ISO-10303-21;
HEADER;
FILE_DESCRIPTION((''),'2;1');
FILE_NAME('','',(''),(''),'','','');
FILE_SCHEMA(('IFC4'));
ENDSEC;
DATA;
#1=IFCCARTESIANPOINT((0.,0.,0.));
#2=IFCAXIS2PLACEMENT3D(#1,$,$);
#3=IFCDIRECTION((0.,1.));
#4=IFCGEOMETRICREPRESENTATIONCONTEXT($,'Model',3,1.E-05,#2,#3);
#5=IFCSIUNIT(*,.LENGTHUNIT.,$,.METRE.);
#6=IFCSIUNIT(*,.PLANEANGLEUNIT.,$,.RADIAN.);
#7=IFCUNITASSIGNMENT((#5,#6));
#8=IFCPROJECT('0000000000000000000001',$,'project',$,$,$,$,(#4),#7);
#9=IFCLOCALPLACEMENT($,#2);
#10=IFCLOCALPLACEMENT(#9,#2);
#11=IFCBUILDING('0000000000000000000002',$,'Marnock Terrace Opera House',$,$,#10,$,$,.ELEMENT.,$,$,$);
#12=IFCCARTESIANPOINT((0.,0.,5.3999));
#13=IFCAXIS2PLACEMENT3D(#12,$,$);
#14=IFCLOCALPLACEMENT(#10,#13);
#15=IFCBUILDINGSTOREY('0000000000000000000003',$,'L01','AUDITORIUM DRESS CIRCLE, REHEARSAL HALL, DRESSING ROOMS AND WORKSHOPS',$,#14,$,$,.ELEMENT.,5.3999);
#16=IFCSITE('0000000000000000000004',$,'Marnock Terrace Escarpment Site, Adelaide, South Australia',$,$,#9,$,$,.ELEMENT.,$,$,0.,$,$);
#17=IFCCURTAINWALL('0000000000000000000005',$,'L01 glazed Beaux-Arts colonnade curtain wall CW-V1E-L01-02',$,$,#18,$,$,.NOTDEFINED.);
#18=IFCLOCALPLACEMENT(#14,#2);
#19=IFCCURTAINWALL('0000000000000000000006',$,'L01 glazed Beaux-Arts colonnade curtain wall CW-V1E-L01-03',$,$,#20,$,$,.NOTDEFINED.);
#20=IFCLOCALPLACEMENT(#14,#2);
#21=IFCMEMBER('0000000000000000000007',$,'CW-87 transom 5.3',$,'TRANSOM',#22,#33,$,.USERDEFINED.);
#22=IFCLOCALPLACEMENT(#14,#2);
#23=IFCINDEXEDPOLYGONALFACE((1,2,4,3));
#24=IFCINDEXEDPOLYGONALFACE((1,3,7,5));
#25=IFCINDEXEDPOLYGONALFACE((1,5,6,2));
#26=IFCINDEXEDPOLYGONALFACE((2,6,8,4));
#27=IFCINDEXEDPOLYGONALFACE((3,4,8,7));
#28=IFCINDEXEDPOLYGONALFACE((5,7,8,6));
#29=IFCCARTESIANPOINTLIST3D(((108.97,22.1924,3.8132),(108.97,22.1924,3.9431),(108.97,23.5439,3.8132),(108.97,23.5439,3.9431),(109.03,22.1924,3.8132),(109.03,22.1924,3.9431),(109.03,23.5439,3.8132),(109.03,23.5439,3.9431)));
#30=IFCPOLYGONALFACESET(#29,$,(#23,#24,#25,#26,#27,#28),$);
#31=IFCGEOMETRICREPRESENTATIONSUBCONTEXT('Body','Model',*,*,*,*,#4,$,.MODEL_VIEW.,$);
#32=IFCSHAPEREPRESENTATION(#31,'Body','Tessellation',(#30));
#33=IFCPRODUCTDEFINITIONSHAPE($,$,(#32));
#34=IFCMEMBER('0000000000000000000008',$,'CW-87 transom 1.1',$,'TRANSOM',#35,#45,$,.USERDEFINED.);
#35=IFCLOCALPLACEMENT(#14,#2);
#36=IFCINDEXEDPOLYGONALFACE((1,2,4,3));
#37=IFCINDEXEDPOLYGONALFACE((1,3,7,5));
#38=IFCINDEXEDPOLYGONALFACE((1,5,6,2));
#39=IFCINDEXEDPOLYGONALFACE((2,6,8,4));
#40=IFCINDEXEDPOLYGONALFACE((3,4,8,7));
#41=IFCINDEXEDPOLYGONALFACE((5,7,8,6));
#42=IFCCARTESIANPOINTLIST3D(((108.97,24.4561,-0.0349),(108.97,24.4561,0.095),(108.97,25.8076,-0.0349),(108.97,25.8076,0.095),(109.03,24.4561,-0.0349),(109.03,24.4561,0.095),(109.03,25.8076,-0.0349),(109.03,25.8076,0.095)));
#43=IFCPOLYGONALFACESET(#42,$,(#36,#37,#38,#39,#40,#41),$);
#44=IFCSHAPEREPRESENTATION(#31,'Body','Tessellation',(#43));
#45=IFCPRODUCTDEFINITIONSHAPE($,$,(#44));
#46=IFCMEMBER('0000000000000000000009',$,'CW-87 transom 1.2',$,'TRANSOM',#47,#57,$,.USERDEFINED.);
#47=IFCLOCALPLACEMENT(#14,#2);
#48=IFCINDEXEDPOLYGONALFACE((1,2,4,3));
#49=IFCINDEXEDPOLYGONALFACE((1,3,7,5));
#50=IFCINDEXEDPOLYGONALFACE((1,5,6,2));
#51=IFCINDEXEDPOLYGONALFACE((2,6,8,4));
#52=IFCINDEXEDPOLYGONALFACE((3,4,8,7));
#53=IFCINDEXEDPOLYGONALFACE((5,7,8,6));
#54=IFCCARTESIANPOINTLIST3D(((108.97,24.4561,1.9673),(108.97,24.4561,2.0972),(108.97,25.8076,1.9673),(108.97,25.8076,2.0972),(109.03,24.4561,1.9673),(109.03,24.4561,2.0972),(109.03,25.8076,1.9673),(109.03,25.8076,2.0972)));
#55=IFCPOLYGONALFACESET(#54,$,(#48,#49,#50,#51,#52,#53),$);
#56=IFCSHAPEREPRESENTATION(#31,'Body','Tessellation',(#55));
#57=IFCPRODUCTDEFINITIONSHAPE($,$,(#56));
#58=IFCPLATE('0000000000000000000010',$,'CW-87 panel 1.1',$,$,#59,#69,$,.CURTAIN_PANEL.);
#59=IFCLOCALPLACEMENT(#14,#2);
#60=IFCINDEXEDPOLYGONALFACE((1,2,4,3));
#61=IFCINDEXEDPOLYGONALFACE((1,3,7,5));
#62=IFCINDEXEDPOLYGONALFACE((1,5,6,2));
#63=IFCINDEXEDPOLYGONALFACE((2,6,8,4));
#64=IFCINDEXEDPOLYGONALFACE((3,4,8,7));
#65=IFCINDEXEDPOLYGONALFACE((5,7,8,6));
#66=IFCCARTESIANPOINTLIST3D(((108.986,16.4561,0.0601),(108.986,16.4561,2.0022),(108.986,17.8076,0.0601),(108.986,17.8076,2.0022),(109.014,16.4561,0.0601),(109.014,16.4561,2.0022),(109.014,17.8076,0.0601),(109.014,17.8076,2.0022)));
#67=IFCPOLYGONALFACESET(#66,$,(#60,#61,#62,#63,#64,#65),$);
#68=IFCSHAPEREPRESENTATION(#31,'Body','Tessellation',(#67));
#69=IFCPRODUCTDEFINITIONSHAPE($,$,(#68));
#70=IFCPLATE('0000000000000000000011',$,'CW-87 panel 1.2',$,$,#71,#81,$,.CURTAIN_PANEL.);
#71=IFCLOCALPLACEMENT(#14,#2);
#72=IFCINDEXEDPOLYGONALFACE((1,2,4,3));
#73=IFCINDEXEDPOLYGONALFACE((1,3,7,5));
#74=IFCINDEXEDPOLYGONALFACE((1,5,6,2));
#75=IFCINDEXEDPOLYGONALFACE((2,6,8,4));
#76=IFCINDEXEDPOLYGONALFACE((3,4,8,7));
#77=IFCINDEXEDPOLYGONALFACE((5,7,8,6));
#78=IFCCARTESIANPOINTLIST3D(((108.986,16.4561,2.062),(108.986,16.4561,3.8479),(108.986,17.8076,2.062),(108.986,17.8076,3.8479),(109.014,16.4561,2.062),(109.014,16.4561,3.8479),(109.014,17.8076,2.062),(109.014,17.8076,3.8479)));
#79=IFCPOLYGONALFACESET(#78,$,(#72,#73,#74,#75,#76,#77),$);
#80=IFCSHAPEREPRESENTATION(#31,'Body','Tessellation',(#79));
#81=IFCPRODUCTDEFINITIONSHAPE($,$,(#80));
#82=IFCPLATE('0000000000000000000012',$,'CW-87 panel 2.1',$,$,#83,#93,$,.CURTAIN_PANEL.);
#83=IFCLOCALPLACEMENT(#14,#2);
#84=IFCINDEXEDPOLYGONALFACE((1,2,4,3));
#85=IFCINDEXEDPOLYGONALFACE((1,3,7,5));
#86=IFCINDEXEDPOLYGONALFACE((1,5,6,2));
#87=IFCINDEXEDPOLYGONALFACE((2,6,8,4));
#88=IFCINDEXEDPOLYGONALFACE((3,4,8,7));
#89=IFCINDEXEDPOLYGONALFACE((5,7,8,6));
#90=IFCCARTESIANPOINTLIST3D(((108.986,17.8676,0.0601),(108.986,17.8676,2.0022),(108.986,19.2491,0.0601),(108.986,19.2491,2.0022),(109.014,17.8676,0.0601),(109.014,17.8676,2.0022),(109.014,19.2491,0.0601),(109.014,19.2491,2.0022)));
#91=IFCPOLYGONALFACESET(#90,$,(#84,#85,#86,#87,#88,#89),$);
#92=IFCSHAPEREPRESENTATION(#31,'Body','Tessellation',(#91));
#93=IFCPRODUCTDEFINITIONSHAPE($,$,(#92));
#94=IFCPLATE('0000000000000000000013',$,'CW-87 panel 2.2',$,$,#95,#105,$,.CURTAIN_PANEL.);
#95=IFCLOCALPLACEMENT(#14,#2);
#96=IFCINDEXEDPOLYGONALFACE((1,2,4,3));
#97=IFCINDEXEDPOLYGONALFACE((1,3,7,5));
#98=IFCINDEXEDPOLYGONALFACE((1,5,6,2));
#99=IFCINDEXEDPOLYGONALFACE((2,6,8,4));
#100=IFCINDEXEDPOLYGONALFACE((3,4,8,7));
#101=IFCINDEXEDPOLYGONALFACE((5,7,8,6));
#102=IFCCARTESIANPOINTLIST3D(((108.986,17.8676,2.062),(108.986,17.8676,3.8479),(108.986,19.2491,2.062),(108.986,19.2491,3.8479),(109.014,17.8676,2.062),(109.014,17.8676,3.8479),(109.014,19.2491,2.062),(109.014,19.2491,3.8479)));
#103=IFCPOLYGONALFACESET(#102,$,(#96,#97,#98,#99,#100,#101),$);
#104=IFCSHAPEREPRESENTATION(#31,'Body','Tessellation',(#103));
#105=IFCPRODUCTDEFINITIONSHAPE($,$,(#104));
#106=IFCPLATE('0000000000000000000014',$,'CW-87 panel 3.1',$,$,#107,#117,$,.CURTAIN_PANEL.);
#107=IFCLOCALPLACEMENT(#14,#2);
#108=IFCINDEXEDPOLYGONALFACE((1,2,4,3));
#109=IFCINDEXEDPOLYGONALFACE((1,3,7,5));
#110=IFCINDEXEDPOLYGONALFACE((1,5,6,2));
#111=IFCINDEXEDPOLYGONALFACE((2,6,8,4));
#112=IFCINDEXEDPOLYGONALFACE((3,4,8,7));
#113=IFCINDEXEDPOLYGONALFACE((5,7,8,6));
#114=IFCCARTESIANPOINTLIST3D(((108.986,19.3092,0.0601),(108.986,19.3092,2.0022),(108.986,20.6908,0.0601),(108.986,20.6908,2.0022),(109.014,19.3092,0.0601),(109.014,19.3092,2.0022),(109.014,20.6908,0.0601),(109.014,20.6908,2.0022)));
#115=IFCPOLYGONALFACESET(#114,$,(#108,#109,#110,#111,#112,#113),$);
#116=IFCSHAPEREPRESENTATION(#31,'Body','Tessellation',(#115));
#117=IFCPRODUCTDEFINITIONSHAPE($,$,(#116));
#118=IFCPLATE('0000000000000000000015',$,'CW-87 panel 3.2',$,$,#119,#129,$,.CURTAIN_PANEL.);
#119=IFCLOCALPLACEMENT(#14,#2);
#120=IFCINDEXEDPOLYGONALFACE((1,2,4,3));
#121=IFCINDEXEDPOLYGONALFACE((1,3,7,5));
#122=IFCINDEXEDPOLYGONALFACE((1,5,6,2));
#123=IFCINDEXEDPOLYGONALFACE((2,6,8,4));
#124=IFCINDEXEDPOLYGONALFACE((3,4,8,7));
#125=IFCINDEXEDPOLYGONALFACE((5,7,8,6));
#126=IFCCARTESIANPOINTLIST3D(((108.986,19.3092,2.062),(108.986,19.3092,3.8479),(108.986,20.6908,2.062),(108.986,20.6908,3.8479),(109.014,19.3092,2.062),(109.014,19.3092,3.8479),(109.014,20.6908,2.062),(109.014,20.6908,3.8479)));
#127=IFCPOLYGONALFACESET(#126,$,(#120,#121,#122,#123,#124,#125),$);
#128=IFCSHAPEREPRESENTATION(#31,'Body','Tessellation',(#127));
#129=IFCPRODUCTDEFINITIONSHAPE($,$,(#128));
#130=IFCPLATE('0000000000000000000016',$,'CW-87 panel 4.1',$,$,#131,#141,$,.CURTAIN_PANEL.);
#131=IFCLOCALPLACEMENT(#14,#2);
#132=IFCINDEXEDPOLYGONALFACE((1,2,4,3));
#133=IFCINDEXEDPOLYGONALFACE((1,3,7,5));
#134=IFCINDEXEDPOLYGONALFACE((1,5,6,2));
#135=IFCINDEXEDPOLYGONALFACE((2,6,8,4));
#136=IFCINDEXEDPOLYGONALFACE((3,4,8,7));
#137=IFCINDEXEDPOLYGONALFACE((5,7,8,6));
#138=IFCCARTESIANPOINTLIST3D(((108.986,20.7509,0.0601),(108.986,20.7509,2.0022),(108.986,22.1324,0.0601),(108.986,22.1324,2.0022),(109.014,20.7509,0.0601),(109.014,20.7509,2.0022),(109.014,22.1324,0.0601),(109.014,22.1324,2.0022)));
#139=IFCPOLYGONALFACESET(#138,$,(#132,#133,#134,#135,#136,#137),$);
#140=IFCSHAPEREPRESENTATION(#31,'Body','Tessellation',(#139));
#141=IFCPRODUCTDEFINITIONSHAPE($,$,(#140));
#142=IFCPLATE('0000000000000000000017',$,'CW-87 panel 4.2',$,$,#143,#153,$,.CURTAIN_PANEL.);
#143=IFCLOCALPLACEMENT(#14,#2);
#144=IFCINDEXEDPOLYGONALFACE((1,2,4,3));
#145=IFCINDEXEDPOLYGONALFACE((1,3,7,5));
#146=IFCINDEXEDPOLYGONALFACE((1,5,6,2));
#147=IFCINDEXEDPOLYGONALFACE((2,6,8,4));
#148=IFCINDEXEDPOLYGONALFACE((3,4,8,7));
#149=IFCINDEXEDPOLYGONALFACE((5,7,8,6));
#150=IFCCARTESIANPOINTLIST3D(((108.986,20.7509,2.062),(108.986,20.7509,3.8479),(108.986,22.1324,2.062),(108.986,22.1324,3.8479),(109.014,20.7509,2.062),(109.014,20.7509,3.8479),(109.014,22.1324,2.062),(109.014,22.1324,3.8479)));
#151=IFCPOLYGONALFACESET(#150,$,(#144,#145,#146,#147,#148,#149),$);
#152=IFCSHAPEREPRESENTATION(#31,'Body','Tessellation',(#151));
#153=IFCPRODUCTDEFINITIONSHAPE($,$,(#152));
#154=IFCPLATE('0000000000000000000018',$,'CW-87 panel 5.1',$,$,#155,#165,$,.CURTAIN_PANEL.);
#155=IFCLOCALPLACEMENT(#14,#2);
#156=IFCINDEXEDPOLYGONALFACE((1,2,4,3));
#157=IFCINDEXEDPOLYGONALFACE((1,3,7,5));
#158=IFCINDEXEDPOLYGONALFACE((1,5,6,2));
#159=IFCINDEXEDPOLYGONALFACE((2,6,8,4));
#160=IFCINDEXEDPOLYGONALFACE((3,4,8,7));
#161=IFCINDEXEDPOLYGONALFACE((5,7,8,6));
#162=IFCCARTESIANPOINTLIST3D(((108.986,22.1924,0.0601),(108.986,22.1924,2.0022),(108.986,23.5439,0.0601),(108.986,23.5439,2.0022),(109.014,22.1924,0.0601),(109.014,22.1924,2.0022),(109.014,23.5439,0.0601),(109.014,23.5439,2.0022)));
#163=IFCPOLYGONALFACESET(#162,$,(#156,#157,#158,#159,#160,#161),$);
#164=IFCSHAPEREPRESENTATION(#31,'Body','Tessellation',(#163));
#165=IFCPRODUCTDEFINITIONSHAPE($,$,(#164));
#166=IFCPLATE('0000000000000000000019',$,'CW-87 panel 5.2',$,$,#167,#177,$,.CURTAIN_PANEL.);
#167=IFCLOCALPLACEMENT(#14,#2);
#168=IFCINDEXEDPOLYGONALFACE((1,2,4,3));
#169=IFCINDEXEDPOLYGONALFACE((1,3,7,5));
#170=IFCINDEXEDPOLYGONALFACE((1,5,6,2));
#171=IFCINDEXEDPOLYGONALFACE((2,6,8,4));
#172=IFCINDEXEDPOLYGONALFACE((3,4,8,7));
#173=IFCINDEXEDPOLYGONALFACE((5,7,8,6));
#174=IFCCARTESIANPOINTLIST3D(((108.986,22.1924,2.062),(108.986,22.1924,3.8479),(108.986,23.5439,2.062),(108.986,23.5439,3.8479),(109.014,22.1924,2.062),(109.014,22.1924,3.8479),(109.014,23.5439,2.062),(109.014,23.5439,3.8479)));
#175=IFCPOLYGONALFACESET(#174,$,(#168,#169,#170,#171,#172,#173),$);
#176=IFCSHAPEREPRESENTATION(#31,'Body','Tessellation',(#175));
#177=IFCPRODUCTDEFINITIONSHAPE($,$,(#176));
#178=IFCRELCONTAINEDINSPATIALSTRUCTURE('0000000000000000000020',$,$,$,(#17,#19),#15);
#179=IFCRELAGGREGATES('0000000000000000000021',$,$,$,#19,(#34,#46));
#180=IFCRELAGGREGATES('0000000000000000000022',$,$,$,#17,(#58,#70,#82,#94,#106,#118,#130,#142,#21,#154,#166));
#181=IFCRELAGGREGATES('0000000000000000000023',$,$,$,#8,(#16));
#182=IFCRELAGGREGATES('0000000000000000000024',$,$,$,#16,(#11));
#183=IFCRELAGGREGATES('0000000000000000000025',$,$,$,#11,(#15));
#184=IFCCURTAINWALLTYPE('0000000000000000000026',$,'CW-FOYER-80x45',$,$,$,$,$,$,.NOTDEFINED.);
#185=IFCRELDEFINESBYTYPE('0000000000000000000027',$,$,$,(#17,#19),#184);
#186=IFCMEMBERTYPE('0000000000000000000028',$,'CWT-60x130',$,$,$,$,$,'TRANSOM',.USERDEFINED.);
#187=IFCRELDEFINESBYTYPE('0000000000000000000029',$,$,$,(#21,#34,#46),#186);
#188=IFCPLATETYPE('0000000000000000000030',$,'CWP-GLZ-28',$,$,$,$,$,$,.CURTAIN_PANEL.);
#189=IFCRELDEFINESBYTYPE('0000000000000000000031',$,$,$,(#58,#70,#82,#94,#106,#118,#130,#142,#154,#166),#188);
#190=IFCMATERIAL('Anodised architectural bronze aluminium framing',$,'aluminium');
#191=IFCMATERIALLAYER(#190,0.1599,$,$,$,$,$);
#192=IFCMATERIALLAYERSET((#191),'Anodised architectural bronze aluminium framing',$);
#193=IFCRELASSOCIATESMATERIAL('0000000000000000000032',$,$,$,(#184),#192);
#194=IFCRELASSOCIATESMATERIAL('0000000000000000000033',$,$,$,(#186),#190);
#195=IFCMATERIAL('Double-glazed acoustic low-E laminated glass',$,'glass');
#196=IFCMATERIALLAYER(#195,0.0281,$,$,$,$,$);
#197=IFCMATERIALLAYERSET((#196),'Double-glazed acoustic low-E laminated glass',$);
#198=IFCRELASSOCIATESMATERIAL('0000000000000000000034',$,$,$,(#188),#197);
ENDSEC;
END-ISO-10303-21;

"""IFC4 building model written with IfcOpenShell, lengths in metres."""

from ifc_helpers import new_model, si_unit, direction, frame, origin, origin_2d, place, context, subcontext, project, spatial, rectangle, extrude, material, layer, layer_set, material_profile, profile_set, type_object, element, aggregate, save


model = new_model("IFC4")

# Units and contexts
model_context = context("Model", 3, precision=1e-05, world=origin(), true_north=direction((0.0, 1.0)))
body_context = subcontext(model_context, "Body", "Model", "MODEL_VIEW")
ifc_project = project(units=[si_unit("LENGTHUNIT", "METRE"), si_unit("PLANEANGLEUNIT", "RADIAN")], contexts=[model_context])

# Site, building, storey
site_placement = place(None, origin())
site = spatial("IfcSite", under=ifc_project, at=site_placement, Name="Marnock Terrace Escarpment Site, Adelaide, South Australia", CompositionType="ELEMENT", RefElevation=0.0)
building_placement = place(site_placement, origin())
building = spatial("IfcBuilding", under=site, at=building_placement, Name="Marnock Terrace Opera House", CompositionType="ELEMENT")
storey_placement = place(building_placement, frame((0.0, 0.0, 5.3999)))
storey = spatial("IfcBuildingStorey", under=building, at=storey_placement, Name="L01", Description="AUDITORIUM DRESS CIRCLE, REHEARSAL HALL, DRESSING ROOMS AND WORKSHOPS", CompositionType="ELEMENT", Elevation=5.3999)

# Curtain wall
ifc_material_1 = material(Name="Anodised architectural bronze aluminium framing", Category="aluminium")
ifc_layer_1 = layer(ifc_material_1, 0.1599)
ifc_layer_set_1 = layer_set([ifc_layer_1], Name="Anodised architectural bronze aluminium framing")
curtain_wall_type = type_object("IfcCurtainWallType", Name="CW-FOYER-80x45", PredefinedType="NOTDEFINED", material=ifc_layer_set_1)
curtain_wall_1_placement = place(storey_placement, origin())
curtain_wall_1 = element("IfcCurtainWall", 1, at=curtain_wall_1_placement, inside=storey, type_object=curtain_wall_type, Name="L01 glazed Beaux-Arts colonnade curtain wall CW-V1E-L01-02", PredefinedType="NOTDEFINED")

# Curtain wall
curtain_wall_2_placement = place(storey_placement, origin())
curtain_wall_2 = element("IfcCurtainWall", 2, at=curtain_wall_2_placement, inside=storey, type_object=curtain_wall_type, Name="L01 glazed Beaux-Arts colonnade curtain wall CW-V1E-L01-03", PredefinedType="NOTDEFINED")

# Members
ifc_material_profile_1 = material_profile(ifc_material_1, rectangle(XDim=0.0601, YDim=0.1299, at=origin_2d()))
ifc_profile_set_1 = profile_set([ifc_material_profile_1], Name="Anodised architectural bronze aluminium framing")
member_type_1 = type_object("IfcMemberType", Name="CWT-60x130", ElementType="TRANSOM", PredefinedType="USERDEFINED", material=ifc_profile_set_1)
member_1_placement = place(storey_placement, frame((109.0, 22.1924, 3.8782), z_axis=(0.0, 1.0, 0.0), x_axis=(-1.0, 0.0, 0.0)))
member_1 = element("IfcMember", 3, at=member_1_placement, type_object=member_type_1, Name="CW-87 transom 5.3", ObjectType="TRANSOM", PredefinedType="USERDEFINED", context=body_context, shape_type="SweptSolid", body=[
    extrude(rectangle(XDim=0.0601, YDim=0.1299, at=origin_2d()), origin(), (0.0, 0.0, 1.0), 1.3516),
])
member_2_placement = place(storey_placement, frame((109.0, 24.4561, 0.03), z_axis=(0.0, 1.0, 0.0), x_axis=(-1.0, 0.0, 0.0)))
member_2 = element("IfcMember", 4, at=member_2_placement, type_object=member_type_1, Name="CW-87 transom 1.1", ObjectType="TRANSOM", PredefinedType="USERDEFINED", context=body_context, shape_type="SweptSolid", body=[
    extrude(rectangle(XDim=0.0601, YDim=0.1299, at=origin_2d()), origin(), (0.0, 0.0, 1.0), 1.3516),
])
member_3_placement = place(storey_placement, frame((109.0, 24.4561, 2.0322), z_axis=(0.0, 1.0, 0.0), x_axis=(-1.0, 0.0, 0.0)))
member_3 = element("IfcMember", 5, at=member_3_placement, type_object=member_type_1, Name="CW-87 transom 1.2", ObjectType="TRANSOM", PredefinedType="USERDEFINED", context=body_context, shape_type="SweptSolid", body=[
    extrude(rectangle(XDim=0.0601, YDim=0.1299, at=origin_2d()), origin(), (0.0, 0.0, 1.0), 1.3516),
])
aggregate(curtain_wall_2, [member_2, member_3])

# Plates
ifc_material_2 = material(Name="Double-glazed acoustic low-E laminated glass", Category="glass")
ifc_layer_2 = layer(ifc_material_2, 0.0281)
ifc_layer_set_2 = layer_set([ifc_layer_2], Name="Double-glazed acoustic low-E laminated glass")
plate_type = type_object("IfcPlateType", Name="CWP-GLZ-28", PredefinedType="CURTAIN_PANEL", material=ifc_layer_set_2)
plate_1_placement = place(storey_placement, frame((109.0, 17.1318, 0.0601), z_axis=(0.0, 0.0, 1.0), x_axis=(0.0, 1.0, 0.0)))
plate_1 = element("IfcPlate", 6, at=plate_1_placement, type_object=plate_type, Name="CW-87 panel 1.1", PredefinedType="CURTAIN_PANEL", context=body_context, shape_type="SweptSolid", body=[
    extrude(rectangle(XDim=1.3516, YDim=0.0281, at=origin_2d()), origin(), (0.0, 0.0, 1.0), 1.9421),
])
plate_2_placement = place(storey_placement, frame((109.0, 17.1318, 2.062), z_axis=(0.0, 0.0, 1.0), x_axis=(0.0, 1.0, 0.0)))
plate_2 = element("IfcPlate", 7, at=plate_2_placement, type_object=plate_type, Name="CW-87 panel 1.2", PredefinedType="CURTAIN_PANEL", context=body_context, shape_type="SweptSolid", body=[
    extrude(rectangle(XDim=1.3516, YDim=0.0281, at=origin_2d()), origin(), (0.0, 0.0, 1.0), 1.7859),
])
plate_3_placement = place(storey_placement, frame((109.0, 18.5583, 0.0601), z_axis=(0.0, 0.0, 1.0), x_axis=(0.0, 1.0, 0.0)))
plate_3 = element("IfcPlate", 8, at=plate_3_placement, type_object=plate_type, Name="CW-87 panel 2.1", PredefinedType="CURTAIN_PANEL", context=body_context, shape_type="SweptSolid", body=[
    extrude(rectangle(XDim=1.3816, YDim=0.0281, at=origin_2d()), origin(), (0.0, 0.0, 1.0), 1.9421),
])
plate_4_placement = place(storey_placement, frame((109.0, 18.5583, 2.062), z_axis=(0.0, 0.0, 1.0), x_axis=(0.0, 1.0, 0.0)))
plate_4 = element("IfcPlate", 9, at=plate_4_placement, type_object=plate_type, Name="CW-87 panel 2.2", PredefinedType="CURTAIN_PANEL", context=body_context, shape_type="SweptSolid", body=[
    extrude(rectangle(XDim=1.3816, YDim=0.0281, at=origin_2d()), origin(), (0.0, 0.0, 1.0), 1.7859),
])
plate_5_placement = place(storey_placement, frame((109.0, 20.0, 0.0601), z_axis=(0.0, 0.0, 1.0), x_axis=(0.0, 1.0, 0.0)))
plate_5 = element("IfcPlate", 10, at=plate_5_placement, type_object=plate_type, Name="CW-87 panel 3.1", PredefinedType="CURTAIN_PANEL", context=body_context, shape_type="SweptSolid", body=[
    extrude(rectangle(XDim=1.3816, YDim=0.0281, at=origin_2d()), origin(), (0.0, 0.0, 1.0), 1.9421),
])
plate_6_placement = place(storey_placement, frame((109.0, 20.0, 2.062), z_axis=(0.0, 0.0, 1.0), x_axis=(0.0, 1.0, 0.0)))
plate_6 = element("IfcPlate", 11, at=plate_6_placement, type_object=plate_type, Name="CW-87 panel 3.2", PredefinedType="CURTAIN_PANEL", context=body_context, shape_type="SweptSolid", body=[
    extrude(rectangle(XDim=1.3816, YDim=0.0281, at=origin_2d()), origin(), (0.0, 0.0, 1.0), 1.7859),
])
plate_7_placement = place(storey_placement, frame((109.0, 21.4417, 0.0601), z_axis=(0.0, 0.0, 1.0), x_axis=(0.0, 1.0, 0.0)))
plate_7 = element("IfcPlate", 12, at=plate_7_placement, type_object=plate_type, Name="CW-87 panel 4.1", PredefinedType="CURTAIN_PANEL", context=body_context, shape_type="SweptSolid", body=[
    extrude(rectangle(XDim=1.3816, YDim=0.0281, at=origin_2d()), origin(), (0.0, 0.0, 1.0), 1.9421),
])
plate_8_placement = place(storey_placement, frame((109.0, 21.4417, 2.062), z_axis=(0.0, 0.0, 1.0), x_axis=(0.0, 1.0, 0.0)))
plate_8 = element("IfcPlate", 13, at=plate_8_placement, type_object=plate_type, Name="CW-87 panel 4.2", PredefinedType="CURTAIN_PANEL", context=body_context, shape_type="SweptSolid", body=[
    extrude(rectangle(XDim=1.3816, YDim=0.0281, at=origin_2d()), origin(), (0.0, 0.0, 1.0), 1.7859),
])
plate_9_placement = place(storey_placement, frame((109.0, 22.8682, 0.0601), z_axis=(0.0, 0.0, 1.0), x_axis=(0.0, 1.0, 0.0)))
plate_9 = element("IfcPlate", 14, at=plate_9_placement, type_object=plate_type, Name="CW-87 panel 5.1", PredefinedType="CURTAIN_PANEL", context=body_context, shape_type="SweptSolid", body=[
    extrude(rectangle(XDim=1.3516, YDim=0.0281, at=origin_2d()), origin(), (0.0, 0.0, 1.0), 1.9421),
])
plate_10_placement = place(storey_placement, frame((109.0, 22.8682, 2.062), z_axis=(0.0, 0.0, 1.0), x_axis=(0.0, 1.0, 0.0)))
plate_10 = element("IfcPlate", 15, at=plate_10_placement, type_object=plate_type, Name="CW-87 panel 5.2", PredefinedType="CURTAIN_PANEL", context=body_context, shape_type="SweptSolid", body=[
    extrude(rectangle(XDim=1.3516, YDim=0.0281, at=origin_2d()), origin(), (0.0, 0.0, 1.0), 1.7859),
])
aggregate(curtain_wall_1, [plate_1, plate_2, plate_3, plate_4, plate_5, plate_6, plate_7, plate_8, member_1, plate_9, plate_10])

save(model, "model.ifc")
